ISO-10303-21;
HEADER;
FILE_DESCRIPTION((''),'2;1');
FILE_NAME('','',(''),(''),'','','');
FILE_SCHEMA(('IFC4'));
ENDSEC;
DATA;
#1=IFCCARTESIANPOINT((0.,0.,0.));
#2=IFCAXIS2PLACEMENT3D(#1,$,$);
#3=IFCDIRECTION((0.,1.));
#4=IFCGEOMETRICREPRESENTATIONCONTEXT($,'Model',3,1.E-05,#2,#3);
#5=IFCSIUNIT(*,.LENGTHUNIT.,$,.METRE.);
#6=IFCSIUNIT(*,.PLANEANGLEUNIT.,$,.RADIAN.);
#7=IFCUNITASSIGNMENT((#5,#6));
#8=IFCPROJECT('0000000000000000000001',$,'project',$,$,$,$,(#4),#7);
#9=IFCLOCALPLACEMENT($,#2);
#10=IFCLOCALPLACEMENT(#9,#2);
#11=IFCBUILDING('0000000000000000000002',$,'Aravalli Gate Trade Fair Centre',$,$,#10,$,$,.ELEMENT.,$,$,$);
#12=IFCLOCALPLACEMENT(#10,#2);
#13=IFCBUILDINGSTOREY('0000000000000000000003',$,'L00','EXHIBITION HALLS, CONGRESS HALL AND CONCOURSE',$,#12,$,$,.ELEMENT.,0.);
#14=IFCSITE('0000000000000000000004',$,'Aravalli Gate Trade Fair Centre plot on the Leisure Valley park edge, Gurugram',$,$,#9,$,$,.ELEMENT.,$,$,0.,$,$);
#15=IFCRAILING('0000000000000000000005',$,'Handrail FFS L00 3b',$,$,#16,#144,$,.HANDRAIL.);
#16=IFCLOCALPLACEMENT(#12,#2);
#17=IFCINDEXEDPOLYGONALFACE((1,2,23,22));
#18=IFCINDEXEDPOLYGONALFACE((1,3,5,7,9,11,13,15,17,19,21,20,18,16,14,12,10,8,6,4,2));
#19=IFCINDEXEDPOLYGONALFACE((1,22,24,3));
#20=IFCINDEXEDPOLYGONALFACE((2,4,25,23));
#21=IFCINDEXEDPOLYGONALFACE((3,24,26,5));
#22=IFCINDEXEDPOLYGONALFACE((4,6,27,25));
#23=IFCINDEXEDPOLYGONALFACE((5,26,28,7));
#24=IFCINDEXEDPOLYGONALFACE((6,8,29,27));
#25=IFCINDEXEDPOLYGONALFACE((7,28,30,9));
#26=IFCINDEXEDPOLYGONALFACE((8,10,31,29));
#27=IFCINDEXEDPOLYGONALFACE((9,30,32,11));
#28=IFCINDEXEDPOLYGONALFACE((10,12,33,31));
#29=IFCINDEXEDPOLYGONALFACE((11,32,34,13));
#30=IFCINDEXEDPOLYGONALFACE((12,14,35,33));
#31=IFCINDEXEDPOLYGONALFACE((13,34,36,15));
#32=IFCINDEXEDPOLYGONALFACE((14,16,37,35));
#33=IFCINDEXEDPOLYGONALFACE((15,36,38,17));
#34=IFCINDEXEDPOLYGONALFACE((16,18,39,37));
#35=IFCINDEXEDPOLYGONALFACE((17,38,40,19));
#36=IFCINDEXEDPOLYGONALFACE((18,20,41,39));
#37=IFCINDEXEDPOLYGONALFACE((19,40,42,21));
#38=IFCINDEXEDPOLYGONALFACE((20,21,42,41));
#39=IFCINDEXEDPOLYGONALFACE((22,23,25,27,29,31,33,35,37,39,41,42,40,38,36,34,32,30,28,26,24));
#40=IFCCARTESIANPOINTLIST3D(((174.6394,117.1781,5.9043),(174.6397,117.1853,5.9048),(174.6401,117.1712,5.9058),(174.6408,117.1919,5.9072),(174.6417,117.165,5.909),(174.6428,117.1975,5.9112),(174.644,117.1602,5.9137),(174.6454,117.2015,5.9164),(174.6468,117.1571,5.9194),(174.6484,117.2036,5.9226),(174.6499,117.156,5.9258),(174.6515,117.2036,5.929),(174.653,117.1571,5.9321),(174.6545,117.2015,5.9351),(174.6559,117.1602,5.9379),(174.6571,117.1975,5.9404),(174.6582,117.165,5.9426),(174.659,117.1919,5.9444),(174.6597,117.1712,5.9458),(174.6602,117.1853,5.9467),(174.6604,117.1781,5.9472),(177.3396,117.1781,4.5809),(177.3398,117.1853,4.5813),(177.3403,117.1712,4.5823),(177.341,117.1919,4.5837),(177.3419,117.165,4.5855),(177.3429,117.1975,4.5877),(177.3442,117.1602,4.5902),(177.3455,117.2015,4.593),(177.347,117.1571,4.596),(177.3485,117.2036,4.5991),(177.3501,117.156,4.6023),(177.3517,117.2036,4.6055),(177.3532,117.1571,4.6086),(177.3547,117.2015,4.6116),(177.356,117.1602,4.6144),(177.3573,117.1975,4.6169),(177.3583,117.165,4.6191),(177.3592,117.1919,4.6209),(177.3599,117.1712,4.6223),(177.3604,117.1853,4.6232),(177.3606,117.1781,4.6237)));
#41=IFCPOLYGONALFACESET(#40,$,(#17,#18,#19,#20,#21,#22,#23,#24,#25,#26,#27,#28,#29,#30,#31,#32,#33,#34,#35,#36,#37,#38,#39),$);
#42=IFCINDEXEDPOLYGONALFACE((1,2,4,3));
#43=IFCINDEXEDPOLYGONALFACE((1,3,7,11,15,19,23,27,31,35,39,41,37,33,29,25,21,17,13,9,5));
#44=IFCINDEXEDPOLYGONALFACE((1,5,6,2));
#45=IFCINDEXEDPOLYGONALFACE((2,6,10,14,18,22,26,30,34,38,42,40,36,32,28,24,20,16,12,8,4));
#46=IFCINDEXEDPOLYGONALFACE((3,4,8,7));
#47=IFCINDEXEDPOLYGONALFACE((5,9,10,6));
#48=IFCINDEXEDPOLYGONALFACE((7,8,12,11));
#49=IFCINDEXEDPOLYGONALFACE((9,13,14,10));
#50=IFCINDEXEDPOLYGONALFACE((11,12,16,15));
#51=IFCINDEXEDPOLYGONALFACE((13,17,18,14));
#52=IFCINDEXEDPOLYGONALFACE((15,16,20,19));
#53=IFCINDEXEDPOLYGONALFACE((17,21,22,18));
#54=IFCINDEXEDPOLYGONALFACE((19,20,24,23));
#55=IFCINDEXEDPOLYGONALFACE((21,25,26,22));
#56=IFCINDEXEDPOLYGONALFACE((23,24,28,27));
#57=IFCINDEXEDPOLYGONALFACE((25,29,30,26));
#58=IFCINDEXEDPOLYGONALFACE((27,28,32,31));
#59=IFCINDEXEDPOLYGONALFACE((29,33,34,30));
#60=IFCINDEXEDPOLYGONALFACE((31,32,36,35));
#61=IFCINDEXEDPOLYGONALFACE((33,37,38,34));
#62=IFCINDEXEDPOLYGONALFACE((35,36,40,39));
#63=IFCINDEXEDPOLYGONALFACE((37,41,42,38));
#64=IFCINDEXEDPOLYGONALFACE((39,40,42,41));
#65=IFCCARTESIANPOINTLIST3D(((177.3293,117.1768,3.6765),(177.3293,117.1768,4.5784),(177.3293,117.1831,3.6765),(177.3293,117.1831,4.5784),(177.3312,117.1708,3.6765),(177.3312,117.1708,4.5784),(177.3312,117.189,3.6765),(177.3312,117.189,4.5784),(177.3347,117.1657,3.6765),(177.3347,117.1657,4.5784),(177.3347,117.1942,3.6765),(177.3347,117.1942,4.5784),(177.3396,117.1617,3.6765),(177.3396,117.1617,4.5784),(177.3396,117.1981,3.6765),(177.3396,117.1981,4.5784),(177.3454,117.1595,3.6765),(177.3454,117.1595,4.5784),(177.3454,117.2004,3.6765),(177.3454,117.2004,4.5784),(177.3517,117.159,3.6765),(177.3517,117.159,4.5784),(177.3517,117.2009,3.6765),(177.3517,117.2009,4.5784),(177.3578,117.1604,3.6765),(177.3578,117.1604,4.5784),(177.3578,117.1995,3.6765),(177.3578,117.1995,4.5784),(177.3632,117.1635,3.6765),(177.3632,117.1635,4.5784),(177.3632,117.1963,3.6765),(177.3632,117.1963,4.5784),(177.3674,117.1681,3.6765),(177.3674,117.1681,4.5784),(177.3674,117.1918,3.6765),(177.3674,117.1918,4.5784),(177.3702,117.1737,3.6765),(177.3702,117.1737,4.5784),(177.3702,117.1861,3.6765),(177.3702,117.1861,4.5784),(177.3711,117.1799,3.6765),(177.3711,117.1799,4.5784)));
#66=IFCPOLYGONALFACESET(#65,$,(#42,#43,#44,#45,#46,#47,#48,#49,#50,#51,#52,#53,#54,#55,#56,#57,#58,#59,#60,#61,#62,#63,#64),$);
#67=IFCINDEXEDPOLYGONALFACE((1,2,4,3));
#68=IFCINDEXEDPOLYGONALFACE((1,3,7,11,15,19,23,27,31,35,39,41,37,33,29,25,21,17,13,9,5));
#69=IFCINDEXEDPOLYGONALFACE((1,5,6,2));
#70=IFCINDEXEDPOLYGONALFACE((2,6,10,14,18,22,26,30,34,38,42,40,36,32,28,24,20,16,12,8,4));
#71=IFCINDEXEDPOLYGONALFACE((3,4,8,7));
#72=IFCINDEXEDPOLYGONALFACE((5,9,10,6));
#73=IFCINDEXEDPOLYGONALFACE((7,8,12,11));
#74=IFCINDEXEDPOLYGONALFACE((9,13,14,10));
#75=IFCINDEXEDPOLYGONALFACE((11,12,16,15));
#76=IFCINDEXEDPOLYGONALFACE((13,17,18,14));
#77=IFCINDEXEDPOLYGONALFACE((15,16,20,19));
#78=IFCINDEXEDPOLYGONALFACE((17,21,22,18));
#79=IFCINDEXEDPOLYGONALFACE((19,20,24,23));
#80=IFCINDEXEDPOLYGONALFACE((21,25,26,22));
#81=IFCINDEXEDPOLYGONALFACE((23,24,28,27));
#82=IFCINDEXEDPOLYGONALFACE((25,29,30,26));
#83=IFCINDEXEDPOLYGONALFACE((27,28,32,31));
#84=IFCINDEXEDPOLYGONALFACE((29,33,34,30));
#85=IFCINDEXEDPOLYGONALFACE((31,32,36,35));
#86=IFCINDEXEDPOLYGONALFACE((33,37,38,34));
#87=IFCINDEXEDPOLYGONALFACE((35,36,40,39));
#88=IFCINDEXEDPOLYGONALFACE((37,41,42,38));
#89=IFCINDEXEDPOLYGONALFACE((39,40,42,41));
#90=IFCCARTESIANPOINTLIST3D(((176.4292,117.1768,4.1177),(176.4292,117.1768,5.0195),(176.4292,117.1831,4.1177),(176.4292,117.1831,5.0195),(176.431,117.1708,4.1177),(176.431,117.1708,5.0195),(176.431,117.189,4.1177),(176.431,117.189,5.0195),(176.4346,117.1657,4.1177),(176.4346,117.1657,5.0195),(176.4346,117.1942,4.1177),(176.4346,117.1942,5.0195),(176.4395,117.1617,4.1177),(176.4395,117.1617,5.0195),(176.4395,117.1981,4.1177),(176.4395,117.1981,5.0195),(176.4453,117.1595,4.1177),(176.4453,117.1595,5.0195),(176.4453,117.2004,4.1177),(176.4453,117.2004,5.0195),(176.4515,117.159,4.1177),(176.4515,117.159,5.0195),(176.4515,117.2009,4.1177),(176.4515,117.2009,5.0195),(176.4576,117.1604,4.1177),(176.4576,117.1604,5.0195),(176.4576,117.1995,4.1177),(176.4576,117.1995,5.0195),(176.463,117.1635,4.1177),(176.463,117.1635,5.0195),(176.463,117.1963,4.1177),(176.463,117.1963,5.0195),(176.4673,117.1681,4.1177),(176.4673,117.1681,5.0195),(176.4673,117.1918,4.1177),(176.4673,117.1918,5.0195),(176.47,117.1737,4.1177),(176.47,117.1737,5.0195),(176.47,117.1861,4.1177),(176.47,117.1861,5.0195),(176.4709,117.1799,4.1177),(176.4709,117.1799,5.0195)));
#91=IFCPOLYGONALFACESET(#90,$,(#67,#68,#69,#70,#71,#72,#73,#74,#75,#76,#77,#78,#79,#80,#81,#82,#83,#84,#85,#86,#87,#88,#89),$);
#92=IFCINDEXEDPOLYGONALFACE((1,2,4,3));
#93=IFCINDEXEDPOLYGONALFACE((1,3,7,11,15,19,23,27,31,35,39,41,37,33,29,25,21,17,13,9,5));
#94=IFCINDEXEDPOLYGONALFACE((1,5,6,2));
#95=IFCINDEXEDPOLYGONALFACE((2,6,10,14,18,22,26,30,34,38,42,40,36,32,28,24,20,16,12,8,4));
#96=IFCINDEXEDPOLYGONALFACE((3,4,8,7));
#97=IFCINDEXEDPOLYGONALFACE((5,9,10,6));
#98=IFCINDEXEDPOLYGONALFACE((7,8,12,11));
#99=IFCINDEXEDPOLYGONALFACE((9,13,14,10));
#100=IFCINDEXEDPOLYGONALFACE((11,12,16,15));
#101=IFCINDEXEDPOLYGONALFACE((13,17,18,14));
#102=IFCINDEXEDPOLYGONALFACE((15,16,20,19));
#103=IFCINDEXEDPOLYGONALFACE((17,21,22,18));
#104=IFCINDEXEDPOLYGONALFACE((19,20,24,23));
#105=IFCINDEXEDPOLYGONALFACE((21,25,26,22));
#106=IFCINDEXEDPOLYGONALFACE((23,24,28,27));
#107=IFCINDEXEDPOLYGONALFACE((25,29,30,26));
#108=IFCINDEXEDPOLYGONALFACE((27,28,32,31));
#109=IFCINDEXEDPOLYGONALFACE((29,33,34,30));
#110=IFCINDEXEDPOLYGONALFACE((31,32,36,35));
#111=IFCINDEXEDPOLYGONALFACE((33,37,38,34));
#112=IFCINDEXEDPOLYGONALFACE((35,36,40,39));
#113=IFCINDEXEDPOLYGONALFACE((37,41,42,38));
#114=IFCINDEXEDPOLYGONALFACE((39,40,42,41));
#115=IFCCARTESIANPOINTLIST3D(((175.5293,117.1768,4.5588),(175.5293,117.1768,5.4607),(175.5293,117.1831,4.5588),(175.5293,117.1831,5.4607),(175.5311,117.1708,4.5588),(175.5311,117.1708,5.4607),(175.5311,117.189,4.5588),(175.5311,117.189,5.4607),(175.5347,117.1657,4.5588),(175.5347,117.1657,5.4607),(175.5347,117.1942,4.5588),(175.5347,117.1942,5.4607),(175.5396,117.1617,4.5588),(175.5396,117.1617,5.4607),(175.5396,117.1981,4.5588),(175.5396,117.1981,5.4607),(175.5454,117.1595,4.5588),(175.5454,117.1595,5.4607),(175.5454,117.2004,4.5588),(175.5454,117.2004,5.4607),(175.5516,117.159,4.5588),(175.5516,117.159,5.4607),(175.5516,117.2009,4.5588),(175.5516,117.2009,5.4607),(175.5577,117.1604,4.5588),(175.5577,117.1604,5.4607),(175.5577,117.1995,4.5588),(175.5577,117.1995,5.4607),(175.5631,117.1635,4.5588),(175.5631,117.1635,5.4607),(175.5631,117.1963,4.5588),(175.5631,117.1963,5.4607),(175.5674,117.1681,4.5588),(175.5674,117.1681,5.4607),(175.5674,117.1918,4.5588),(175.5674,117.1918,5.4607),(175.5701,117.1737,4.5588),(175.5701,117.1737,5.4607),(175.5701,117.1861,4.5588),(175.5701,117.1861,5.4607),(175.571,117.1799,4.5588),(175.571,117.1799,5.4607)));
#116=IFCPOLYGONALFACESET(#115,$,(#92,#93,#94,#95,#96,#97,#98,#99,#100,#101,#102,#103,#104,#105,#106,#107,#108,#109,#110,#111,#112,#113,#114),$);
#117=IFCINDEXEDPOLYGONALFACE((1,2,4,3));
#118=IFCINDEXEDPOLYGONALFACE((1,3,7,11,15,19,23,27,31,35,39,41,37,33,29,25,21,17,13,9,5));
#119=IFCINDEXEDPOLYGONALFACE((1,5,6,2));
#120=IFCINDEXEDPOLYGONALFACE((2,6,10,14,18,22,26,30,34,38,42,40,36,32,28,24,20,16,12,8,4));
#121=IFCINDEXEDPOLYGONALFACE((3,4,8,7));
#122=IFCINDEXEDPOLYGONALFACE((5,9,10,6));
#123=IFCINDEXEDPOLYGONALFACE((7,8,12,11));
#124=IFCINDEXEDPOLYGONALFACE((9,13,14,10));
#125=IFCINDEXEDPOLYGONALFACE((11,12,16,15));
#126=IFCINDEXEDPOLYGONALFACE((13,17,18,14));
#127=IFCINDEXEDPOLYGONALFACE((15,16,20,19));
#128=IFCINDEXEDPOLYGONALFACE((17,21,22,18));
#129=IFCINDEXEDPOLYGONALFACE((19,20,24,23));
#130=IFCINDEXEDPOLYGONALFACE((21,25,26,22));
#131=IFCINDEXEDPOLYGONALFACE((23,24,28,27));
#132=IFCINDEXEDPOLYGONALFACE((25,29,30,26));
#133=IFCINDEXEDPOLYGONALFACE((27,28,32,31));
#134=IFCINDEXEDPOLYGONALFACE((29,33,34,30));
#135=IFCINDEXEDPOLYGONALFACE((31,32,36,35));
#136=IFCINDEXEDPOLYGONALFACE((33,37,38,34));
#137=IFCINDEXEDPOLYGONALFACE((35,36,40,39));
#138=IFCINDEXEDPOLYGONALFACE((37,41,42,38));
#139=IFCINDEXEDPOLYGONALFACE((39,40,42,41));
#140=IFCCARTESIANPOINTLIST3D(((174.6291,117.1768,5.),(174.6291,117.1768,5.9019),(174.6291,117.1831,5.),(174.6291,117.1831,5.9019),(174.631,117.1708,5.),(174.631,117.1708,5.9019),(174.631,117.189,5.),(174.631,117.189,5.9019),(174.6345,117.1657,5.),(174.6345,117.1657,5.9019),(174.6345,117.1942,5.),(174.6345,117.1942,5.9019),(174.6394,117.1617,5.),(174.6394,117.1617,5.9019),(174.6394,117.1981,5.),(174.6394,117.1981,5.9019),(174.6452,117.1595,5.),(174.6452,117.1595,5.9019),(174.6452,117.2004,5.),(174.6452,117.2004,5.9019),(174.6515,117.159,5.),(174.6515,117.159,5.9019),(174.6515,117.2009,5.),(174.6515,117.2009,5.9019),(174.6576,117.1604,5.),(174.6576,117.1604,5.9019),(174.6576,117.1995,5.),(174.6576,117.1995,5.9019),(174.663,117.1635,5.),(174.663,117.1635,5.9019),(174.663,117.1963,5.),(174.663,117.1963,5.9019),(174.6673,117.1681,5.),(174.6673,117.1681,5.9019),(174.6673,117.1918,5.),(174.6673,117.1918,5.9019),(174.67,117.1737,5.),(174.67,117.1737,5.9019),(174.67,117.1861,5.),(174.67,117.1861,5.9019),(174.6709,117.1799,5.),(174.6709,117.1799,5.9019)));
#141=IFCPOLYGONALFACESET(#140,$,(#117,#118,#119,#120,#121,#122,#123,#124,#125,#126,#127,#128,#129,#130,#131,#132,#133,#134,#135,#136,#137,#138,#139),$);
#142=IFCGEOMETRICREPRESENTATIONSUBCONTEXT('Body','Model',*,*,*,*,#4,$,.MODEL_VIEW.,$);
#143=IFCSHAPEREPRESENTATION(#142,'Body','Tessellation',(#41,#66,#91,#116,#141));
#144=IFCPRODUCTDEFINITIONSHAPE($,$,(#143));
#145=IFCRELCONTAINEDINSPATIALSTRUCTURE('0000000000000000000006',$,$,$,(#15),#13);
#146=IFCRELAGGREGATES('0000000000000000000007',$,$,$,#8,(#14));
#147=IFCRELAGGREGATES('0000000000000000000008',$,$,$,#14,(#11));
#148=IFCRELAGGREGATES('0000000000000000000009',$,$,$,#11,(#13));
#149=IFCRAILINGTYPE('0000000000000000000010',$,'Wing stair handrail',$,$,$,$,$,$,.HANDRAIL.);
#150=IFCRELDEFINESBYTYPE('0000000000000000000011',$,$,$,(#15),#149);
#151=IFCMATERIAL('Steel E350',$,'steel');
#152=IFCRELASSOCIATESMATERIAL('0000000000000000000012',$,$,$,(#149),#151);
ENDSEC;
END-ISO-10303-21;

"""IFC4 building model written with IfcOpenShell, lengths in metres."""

from ifc_helpers import new_model, si_unit, direction, frame, origin, origin_2d, place, context, subcontext, project, spatial, circle, extrude, material, type_object, element, save


model = new_model("IFC4")

# Units and contexts
model_context = context("Model", 3, precision=1e-05, world=origin(), true_north=direction((0.0, 1.0)))
body_context = subcontext(model_context, "Body", "Model", "MODEL_VIEW")
ifc_project = project(units=[si_unit("LENGTHUNIT", "METRE"), si_unit("PLANEANGLEUNIT", "RADIAN")], contexts=[model_context])

# Site, building, storey
site_placement = place(None, origin())
site = spatial("IfcSite", under=ifc_project, at=site_placement, Name="Aravalli Gate Trade Fair Centre plot on the Leisure Valley park edge, Gurugram", CompositionType="ELEMENT", RefElevation=0.0)
building_placement = place(site_placement, origin())
building = spatial("IfcBuilding", under=site, at=building_placement, Name="Aravalli Gate Trade Fair Centre", CompositionType="ELEMENT")
storey_placement = place(building_placement, origin())
storey = spatial("IfcBuildingStorey", under=building, at=storey_placement, Name="L00", Description="EXHIBITION HALLS, CONGRESS HALL AND CONCOURSE", CompositionType="ELEMENT", Elevation=0.0)

# Railing
ifc_material_1 = material(Name="Steel E350", Category="steel")
railing_type_1 = type_object("IfcRailingType", Name="Wing stair handrail", PredefinedType="HANDRAIL", material=ifc_material_1)
railing_1_placement = place(storey_placement, frame((177.3501, 117.1799, 3.6765)))
element("IfcRailing", 1, at=railing_1_placement, inside=storey, type_object=railing_type_1, Name="Handrail FFS L00 3b", PredefinedType="HANDRAIL", context=body_context, shape_type="SweptSolid", body=[
    extrude(circle(Radius=0.0239, at=origin_2d()), frame((0.0, 0.0, 0.9258), z_axis=(-0.897939, 0.0, 0.44012), x_axis=(0.0, -1.0, 0.0)), (0.0, 0.0, 1.0), 3.0071),
    extrude(circle(Radius=0.021, at=origin_2d()), origin(), (0.0, 0.0, 1.0), 0.9019),
    extrude(circle(Radius=0.021, at=origin_2d()), frame((-0.9001, 0.0, 0.4412)), (0.0, 0.0, 1.0), 0.9019),
    extrude(circle(Radius=0.021, at=origin_2d()), frame((-1.8, 0.0, 0.8823)), (0.0, 0.0, 1.0), 0.9019),
    extrude(circle(Radius=0.021, at=origin_2d()), frame((-2.7002, 0.0, 1.3235)), (0.0, 0.0, 1.0), 0.9019),
])

save(model, "model.ifc")
